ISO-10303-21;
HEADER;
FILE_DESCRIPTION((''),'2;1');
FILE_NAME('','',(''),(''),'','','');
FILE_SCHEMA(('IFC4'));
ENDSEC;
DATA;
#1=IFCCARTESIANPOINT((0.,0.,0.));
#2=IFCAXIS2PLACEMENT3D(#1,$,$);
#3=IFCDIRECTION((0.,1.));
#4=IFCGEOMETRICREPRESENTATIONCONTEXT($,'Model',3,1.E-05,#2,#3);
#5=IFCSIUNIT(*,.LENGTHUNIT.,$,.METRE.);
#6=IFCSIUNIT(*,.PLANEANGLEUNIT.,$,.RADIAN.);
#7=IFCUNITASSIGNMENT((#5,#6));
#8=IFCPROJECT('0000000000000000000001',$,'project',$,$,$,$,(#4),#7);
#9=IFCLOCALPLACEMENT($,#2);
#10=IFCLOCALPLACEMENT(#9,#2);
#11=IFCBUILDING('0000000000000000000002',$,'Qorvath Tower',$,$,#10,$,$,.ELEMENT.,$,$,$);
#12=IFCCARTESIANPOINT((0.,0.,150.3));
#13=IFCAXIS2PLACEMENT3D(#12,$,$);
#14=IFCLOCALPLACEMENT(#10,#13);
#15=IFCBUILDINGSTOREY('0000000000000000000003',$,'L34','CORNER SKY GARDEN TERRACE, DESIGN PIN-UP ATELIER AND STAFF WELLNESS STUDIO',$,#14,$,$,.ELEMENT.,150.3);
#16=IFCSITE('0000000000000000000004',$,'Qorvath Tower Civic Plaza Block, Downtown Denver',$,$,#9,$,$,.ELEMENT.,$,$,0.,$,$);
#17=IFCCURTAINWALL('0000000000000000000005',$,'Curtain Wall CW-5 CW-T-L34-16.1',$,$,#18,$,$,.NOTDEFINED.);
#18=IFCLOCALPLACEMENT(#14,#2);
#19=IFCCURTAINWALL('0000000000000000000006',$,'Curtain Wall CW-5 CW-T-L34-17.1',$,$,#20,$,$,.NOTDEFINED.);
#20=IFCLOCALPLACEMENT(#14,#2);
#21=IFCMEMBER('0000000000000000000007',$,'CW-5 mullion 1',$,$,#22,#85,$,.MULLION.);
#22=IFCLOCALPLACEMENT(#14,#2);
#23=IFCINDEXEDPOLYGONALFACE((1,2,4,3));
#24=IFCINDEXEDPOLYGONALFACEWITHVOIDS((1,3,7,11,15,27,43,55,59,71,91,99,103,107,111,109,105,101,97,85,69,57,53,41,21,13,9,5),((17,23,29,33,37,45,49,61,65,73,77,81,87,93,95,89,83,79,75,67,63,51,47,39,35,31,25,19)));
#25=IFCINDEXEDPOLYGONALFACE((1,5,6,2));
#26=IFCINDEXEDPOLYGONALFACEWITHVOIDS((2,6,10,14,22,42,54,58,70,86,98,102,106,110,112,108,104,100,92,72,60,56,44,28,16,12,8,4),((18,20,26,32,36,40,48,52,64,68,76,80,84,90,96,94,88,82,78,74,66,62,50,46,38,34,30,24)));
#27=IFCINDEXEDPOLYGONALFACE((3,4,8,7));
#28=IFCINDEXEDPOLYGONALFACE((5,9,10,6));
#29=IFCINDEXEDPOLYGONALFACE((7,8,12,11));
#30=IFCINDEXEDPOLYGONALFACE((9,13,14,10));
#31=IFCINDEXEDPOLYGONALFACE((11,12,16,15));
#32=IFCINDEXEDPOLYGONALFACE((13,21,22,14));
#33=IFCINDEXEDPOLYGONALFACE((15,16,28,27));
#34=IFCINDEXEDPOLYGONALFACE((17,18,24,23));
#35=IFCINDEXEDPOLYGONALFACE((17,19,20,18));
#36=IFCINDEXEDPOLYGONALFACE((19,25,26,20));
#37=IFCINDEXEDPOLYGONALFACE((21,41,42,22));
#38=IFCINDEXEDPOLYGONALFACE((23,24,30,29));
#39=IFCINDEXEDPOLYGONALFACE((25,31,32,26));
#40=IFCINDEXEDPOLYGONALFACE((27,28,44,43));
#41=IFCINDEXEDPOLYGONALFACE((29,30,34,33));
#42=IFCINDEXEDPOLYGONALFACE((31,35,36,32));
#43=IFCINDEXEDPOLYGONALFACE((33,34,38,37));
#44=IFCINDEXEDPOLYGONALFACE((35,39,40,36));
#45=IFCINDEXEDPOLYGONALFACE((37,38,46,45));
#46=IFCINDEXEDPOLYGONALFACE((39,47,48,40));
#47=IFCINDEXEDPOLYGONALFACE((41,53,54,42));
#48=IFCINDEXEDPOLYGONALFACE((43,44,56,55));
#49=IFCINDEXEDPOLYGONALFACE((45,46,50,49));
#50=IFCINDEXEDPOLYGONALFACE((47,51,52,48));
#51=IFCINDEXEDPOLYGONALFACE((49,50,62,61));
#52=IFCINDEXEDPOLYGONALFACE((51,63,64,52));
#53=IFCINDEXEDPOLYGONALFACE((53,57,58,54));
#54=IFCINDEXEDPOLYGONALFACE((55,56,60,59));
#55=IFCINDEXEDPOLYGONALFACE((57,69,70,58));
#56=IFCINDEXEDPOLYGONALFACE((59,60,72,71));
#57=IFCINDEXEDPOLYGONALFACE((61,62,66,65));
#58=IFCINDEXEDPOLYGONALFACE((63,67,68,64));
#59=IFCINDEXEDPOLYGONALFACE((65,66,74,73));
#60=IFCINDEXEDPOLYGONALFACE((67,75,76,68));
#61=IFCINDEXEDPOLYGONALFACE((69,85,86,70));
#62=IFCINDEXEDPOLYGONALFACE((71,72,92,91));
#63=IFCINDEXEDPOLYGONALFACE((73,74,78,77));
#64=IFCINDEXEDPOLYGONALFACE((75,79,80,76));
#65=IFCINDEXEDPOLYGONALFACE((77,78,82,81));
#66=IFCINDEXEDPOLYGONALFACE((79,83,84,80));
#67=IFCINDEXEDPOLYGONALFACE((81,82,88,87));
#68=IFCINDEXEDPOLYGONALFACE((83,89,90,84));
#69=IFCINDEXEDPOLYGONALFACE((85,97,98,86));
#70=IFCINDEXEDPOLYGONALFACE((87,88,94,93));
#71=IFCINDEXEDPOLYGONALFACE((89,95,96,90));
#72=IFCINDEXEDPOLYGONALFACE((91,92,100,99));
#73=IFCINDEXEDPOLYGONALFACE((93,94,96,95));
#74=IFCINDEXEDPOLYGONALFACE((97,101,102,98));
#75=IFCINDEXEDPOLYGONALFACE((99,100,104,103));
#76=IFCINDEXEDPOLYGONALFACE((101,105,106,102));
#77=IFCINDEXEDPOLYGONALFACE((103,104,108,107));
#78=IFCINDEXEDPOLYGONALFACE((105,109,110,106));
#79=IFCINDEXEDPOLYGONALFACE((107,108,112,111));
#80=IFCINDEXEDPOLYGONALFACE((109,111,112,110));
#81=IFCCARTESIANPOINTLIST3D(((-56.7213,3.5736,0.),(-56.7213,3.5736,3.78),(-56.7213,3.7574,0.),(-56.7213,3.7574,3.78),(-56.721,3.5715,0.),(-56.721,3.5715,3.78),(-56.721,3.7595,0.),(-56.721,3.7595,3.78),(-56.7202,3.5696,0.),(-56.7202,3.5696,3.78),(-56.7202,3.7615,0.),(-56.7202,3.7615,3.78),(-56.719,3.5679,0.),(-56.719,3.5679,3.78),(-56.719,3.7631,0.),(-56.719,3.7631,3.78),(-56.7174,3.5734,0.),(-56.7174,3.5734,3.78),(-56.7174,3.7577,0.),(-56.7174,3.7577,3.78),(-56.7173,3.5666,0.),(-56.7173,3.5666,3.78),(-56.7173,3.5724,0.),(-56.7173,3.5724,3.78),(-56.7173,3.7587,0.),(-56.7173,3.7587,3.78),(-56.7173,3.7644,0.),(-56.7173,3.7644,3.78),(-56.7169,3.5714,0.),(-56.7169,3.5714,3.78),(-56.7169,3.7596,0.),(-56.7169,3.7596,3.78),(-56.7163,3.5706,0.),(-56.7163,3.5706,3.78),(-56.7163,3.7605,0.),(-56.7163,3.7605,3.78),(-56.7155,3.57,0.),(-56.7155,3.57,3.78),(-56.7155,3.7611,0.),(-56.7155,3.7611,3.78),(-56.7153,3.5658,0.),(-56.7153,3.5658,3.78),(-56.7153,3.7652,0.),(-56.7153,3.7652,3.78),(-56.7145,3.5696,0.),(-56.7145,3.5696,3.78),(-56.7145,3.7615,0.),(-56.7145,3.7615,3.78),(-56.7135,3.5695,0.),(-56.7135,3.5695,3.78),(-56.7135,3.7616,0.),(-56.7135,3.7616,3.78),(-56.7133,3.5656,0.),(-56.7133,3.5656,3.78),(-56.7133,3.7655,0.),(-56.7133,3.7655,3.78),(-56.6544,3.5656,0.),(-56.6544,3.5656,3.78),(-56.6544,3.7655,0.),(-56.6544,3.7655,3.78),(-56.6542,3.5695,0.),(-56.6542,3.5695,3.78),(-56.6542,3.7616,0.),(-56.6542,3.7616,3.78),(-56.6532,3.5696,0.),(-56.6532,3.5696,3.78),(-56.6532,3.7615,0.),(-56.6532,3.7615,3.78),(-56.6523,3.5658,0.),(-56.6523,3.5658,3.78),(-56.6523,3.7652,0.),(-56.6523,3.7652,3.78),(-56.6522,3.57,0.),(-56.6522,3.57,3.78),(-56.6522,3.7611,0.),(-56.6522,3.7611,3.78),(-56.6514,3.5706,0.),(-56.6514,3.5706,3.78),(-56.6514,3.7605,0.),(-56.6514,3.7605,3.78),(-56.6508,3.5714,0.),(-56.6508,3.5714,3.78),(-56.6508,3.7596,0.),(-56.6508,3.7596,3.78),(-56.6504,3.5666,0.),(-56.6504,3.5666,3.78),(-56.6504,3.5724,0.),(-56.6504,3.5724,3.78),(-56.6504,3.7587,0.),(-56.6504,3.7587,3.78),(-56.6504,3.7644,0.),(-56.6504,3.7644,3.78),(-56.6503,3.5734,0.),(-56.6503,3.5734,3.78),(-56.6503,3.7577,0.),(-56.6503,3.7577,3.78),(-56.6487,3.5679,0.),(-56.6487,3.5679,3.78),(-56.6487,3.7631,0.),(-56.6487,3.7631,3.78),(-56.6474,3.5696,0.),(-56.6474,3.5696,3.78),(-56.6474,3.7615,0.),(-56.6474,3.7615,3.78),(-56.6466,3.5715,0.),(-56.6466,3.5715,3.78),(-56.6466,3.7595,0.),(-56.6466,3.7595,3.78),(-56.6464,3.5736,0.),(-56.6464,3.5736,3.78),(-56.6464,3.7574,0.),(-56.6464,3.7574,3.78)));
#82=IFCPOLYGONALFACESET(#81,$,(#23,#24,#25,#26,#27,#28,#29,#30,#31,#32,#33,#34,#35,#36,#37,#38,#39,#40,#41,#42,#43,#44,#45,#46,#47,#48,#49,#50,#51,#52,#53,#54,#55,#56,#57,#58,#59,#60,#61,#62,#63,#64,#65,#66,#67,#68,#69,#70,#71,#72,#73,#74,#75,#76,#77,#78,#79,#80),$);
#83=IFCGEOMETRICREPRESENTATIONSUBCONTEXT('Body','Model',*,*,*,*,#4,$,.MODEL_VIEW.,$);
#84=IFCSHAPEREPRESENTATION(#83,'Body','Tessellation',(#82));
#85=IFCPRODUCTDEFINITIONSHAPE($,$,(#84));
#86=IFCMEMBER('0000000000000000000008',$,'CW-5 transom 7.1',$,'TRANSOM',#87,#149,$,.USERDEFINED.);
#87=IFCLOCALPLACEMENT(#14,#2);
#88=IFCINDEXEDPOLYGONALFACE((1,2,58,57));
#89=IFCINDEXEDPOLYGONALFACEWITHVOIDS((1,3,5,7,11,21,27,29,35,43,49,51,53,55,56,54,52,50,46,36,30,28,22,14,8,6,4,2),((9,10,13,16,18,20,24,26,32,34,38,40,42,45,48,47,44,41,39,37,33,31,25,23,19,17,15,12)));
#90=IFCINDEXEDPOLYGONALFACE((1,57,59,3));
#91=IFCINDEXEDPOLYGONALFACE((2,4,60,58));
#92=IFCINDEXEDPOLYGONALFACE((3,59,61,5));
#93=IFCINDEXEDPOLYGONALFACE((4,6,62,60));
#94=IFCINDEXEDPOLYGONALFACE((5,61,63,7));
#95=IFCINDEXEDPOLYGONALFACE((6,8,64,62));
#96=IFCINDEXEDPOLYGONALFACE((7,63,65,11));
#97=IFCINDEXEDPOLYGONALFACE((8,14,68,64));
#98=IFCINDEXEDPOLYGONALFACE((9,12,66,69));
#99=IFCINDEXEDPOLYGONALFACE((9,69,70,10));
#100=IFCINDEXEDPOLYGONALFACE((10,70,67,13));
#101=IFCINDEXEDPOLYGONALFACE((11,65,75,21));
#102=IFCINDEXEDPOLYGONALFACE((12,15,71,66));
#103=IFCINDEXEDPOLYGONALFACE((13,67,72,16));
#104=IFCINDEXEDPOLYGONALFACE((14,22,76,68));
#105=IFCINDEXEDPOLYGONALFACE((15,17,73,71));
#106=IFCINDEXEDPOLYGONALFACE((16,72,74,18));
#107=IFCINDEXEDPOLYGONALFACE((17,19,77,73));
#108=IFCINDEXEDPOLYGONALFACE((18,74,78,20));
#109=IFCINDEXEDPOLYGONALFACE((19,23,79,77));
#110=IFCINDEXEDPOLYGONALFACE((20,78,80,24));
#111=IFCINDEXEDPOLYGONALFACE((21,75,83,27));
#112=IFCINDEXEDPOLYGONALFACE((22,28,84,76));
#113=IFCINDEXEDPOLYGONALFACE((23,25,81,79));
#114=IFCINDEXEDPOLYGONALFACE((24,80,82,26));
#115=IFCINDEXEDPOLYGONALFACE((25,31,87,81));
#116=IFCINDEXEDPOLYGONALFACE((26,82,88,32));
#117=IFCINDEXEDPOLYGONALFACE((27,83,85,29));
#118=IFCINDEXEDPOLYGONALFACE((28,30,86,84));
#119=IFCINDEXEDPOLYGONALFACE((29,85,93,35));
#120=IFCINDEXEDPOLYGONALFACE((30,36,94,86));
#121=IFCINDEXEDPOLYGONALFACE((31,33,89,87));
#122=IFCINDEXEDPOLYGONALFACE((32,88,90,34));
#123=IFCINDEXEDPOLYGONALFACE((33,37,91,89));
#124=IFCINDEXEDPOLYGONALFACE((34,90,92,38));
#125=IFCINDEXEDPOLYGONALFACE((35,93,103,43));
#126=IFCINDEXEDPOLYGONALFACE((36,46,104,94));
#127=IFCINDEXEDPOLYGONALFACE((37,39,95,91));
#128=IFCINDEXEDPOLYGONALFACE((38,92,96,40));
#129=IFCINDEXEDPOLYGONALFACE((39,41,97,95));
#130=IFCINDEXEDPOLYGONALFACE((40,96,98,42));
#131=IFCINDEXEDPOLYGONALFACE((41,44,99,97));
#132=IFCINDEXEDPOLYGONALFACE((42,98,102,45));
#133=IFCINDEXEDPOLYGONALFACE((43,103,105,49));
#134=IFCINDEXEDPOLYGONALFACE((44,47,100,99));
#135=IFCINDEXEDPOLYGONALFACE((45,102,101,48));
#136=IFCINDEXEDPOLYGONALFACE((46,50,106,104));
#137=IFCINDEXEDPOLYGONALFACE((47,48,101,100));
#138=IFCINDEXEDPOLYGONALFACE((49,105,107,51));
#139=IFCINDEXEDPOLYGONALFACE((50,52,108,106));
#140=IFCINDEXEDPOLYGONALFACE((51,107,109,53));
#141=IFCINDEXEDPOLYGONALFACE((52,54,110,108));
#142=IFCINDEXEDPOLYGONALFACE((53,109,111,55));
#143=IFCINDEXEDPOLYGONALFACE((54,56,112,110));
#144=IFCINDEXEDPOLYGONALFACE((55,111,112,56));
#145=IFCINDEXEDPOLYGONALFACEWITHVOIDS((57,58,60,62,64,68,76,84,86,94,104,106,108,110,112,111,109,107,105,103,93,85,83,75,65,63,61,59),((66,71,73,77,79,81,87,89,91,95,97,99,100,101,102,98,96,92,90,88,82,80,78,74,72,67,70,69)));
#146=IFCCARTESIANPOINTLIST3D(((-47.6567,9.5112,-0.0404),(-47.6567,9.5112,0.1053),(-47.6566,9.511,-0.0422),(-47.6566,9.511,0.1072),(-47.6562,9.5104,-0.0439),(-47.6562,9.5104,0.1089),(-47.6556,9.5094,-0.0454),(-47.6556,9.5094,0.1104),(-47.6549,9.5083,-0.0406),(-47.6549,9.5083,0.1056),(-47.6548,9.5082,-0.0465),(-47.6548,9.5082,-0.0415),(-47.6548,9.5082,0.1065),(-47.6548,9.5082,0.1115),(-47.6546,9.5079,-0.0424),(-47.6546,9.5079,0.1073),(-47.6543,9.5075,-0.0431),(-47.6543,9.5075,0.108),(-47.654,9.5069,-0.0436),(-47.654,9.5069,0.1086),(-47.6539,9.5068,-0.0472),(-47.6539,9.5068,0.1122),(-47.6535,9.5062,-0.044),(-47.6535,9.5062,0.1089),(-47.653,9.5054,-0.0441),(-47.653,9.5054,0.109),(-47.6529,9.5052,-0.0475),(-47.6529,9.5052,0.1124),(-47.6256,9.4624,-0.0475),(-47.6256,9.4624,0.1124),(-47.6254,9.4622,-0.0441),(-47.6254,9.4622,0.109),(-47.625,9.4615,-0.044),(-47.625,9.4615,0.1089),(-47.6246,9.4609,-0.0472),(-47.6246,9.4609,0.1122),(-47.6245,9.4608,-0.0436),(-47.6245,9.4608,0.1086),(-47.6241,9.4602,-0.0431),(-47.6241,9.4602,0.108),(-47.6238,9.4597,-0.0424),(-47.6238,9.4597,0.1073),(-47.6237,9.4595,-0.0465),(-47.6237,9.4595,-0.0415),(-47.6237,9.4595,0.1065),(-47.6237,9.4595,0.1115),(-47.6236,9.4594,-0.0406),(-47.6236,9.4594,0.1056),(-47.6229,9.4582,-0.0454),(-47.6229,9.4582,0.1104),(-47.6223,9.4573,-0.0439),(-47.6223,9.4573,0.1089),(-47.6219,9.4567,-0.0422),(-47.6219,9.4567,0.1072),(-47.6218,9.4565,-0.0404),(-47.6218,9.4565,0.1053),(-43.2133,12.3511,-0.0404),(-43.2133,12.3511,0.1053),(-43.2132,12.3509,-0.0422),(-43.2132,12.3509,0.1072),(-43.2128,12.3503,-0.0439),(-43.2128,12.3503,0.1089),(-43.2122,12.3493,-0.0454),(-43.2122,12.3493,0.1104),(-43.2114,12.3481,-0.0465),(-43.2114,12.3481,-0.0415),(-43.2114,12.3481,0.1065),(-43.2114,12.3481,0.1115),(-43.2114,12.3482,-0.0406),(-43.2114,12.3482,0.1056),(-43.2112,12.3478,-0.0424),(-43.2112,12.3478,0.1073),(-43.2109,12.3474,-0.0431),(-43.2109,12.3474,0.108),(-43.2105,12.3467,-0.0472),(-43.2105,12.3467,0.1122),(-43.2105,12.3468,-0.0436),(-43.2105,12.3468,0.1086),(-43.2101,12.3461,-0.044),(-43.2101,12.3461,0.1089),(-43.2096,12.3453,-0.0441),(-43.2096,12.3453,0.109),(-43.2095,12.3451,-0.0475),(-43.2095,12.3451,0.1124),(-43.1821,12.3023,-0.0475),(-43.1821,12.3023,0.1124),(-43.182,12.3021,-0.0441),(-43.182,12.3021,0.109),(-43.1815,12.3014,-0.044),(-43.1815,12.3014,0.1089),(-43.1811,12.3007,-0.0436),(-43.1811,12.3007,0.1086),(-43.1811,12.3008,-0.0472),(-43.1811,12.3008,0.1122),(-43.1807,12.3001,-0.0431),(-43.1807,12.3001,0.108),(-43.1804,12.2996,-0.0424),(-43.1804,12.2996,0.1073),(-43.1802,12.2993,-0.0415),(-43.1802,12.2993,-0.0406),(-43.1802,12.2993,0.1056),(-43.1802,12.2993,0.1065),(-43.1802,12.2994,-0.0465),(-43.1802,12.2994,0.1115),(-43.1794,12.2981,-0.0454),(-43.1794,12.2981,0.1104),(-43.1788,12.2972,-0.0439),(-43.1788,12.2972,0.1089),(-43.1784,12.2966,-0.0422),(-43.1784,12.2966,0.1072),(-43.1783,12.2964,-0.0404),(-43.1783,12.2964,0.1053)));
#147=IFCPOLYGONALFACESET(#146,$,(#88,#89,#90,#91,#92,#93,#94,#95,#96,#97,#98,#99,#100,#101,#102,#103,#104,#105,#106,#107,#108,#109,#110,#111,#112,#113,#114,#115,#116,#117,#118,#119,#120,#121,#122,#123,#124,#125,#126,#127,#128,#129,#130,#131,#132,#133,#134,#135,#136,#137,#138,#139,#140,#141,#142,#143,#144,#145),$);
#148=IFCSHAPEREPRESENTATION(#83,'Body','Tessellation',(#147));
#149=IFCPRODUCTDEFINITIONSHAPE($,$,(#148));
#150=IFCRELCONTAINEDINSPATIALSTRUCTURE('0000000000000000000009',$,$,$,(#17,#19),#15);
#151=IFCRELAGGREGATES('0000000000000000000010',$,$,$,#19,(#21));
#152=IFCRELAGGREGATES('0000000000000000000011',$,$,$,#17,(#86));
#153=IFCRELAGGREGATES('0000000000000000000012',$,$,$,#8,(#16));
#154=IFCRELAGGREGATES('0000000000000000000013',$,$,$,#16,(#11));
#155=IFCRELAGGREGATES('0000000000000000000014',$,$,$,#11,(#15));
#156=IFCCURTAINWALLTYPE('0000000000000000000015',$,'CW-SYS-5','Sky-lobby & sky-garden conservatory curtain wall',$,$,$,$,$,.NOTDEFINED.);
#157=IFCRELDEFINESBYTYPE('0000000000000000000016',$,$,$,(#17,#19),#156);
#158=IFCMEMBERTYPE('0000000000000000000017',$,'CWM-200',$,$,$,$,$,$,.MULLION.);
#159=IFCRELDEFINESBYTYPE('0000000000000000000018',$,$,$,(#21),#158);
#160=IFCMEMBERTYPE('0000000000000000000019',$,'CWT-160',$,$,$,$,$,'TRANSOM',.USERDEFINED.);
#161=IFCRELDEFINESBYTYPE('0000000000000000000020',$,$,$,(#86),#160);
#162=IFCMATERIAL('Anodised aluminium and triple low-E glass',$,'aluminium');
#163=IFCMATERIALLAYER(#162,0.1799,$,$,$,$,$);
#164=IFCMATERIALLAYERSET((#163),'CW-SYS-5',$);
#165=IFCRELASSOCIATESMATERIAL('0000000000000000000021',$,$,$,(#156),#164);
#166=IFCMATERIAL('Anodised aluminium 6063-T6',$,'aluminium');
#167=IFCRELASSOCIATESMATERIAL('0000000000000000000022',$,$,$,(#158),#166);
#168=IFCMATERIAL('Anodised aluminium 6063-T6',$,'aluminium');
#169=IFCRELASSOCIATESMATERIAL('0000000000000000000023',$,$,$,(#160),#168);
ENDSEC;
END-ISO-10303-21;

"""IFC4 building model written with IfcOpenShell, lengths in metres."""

from ifc_helpers import new_model, si_unit, direction, frame, origin, origin_2d, place, context, subcontext, project, spatial, hollow_rectangle, extrude, material, layer, layer_set, material_profile, profile_set, type_object, element, aggregate, save


model = new_model("IFC4")

# Units and contexts
model_context = context("Model", 3, precision=1e-05, world=origin(), true_north=direction((0.0, 1.0)))
body_context = subcontext(model_context, "Body", "Model", "MODEL_VIEW")
ifc_project = project(units=[si_unit("LENGTHUNIT", "METRE"), si_unit("PLANEANGLEUNIT", "RADIAN")], contexts=[model_context])

# Site, building, storey
site_placement = place(None, origin())
site = spatial("IfcSite", under=ifc_project, at=site_placement, Name="Qorvath Tower Civic Plaza Block, Downtown Denver", CompositionType="ELEMENT", RefElevation=0.0)
building_placement = place(site_placement, origin())
building = spatial("IfcBuilding", under=site, at=building_placement, Name="Qorvath Tower", CompositionType="ELEMENT")
storey_placement = place(building_placement, frame((0.0, 0.0, 150.3)))
storey = spatial("IfcBuildingStorey", under=building, at=storey_placement, Name="L34", Description="CORNER SKY GARDEN TERRACE, DESIGN PIN-UP ATELIER AND STAFF WELLNESS STUDIO", CompositionType="ELEMENT", Elevation=150.3)

# Curtain wall
ifc_material_1 = material(Name="Anodised aluminium and triple low-E glass", Category="aluminium")
ifc_layer_1 = layer(ifc_material_1, 0.1799)
ifc_layer_set_1 = layer_set([ifc_layer_1], Name="CW-SYS-5")
curtain_wall_type = type_object("IfcCurtainWallType", Name="CW-SYS-5", Description="Sky-lobby & sky-garden conservatory curtain wall", PredefinedType="NOTDEFINED", material=ifc_layer_set_1)
curtain_wall_1_placement = place(storey_placement, origin())
curtain_wall_1 = element("IfcCurtainWall", 1, at=curtain_wall_1_placement, inside=storey, type_object=curtain_wall_type, Name="Curtain Wall CW-5 CW-T-L34-16.1", PredefinedType="NOTDEFINED")
ifc_material_2 = material(Name="Anodised aluminium 6063-T6", Category="aluminium")
ifc_material_profile_1 = material_profile(ifc_material_2, hollow_rectangle(XDim=0.075, YDim=0.2, WallThickness=0.0039, InnerFilletRadius=0.0039, OuterFilletRadius=0.0081, at=origin_2d()), Name="CWM 200x75")
ifc_profile_set_1 = profile_set([ifc_material_profile_1], Name="Anodised aluminium 6063-T6")
member_type_1 = type_object("IfcMemberType", Name="CWM-200", PredefinedType="MULLION", material=ifc_profile_set_1)

# Curtain wall, member
curtain_wall_2_placement = place(storey_placement, origin())
curtain_wall_2 = element("IfcCurtainWall", 2, at=curtain_wall_2_placement, inside=storey, type_object=curtain_wall_type, Name="Curtain Wall CW-5 CW-T-L34-17.1", PredefinedType="NOTDEFINED")
member_1_placement = place(storey_placement, frame((-56.6838, 3.6655, 0.0), z_axis=(0.0, 0.0, 1.0), x_axis=(1.0, 0.0, 0.0)))
member_1 = element("IfcMember", 3, at=member_1_placement, type_object=member_type_1, Name="CW-5 mullion 1", PredefinedType="MULLION", context=body_context, shape_type="SweptSolid", body=[
    extrude(hollow_rectangle(XDim=0.075, YDim=0.2, WallThickness=0.0039, InnerFilletRadius=0.0039, OuterFilletRadius=0.0081, at=origin_2d()), origin(), (0.0, 0.0, 1.0), 3.78),
])

# Member
ifc_material_3 = material(Name="Anodised aluminium 6063-T6", Category="aluminium")
ifc_material_profile_2 = material_profile(ifc_material_3, hollow_rectangle(XDim=0.0649, YDim=0.1599, WallThickness=0.0034, InnerFilletRadius=0.0034, OuterFilletRadius=0.0071, at=origin_2d()), Name="CWT 160x65")
ifc_profile_set_2 = profile_set([ifc_material_profile_2], Name="Anodised aluminium 6063-T6")
member_type_2 = type_object("IfcMemberType", Name="CWT-160", ElementType="TRANSOM", PredefinedType="USERDEFINED", material=ifc_profile_set_2)
member_2_placement = place(storey_placement, frame((-43.1958, 12.3237, 0.0325), z_axis=(-0.842608, -0.538528, 0.0), x_axis=(0.538528, -0.842608, 0.0)))
member_2 = element("IfcMember", 4, at=member_2_placement, type_object=member_type_2, Name="CW-5 transom 7.1", ObjectType="TRANSOM", PredefinedType="USERDEFINED", context=body_context, shape_type="SweptSolid", body=[
    extrude(hollow_rectangle(XDim=0.0649, YDim=0.1599, WallThickness=0.0034, InnerFilletRadius=0.0034, OuterFilletRadius=0.0071, at=origin_2d()), origin(), (0.0, 0.0, 1.0), 5.2734),
])
aggregate(curtain_wall_2, [member_1])

aggregate(curtain_wall_1, [member_2])

save(model, "model.ifc")
